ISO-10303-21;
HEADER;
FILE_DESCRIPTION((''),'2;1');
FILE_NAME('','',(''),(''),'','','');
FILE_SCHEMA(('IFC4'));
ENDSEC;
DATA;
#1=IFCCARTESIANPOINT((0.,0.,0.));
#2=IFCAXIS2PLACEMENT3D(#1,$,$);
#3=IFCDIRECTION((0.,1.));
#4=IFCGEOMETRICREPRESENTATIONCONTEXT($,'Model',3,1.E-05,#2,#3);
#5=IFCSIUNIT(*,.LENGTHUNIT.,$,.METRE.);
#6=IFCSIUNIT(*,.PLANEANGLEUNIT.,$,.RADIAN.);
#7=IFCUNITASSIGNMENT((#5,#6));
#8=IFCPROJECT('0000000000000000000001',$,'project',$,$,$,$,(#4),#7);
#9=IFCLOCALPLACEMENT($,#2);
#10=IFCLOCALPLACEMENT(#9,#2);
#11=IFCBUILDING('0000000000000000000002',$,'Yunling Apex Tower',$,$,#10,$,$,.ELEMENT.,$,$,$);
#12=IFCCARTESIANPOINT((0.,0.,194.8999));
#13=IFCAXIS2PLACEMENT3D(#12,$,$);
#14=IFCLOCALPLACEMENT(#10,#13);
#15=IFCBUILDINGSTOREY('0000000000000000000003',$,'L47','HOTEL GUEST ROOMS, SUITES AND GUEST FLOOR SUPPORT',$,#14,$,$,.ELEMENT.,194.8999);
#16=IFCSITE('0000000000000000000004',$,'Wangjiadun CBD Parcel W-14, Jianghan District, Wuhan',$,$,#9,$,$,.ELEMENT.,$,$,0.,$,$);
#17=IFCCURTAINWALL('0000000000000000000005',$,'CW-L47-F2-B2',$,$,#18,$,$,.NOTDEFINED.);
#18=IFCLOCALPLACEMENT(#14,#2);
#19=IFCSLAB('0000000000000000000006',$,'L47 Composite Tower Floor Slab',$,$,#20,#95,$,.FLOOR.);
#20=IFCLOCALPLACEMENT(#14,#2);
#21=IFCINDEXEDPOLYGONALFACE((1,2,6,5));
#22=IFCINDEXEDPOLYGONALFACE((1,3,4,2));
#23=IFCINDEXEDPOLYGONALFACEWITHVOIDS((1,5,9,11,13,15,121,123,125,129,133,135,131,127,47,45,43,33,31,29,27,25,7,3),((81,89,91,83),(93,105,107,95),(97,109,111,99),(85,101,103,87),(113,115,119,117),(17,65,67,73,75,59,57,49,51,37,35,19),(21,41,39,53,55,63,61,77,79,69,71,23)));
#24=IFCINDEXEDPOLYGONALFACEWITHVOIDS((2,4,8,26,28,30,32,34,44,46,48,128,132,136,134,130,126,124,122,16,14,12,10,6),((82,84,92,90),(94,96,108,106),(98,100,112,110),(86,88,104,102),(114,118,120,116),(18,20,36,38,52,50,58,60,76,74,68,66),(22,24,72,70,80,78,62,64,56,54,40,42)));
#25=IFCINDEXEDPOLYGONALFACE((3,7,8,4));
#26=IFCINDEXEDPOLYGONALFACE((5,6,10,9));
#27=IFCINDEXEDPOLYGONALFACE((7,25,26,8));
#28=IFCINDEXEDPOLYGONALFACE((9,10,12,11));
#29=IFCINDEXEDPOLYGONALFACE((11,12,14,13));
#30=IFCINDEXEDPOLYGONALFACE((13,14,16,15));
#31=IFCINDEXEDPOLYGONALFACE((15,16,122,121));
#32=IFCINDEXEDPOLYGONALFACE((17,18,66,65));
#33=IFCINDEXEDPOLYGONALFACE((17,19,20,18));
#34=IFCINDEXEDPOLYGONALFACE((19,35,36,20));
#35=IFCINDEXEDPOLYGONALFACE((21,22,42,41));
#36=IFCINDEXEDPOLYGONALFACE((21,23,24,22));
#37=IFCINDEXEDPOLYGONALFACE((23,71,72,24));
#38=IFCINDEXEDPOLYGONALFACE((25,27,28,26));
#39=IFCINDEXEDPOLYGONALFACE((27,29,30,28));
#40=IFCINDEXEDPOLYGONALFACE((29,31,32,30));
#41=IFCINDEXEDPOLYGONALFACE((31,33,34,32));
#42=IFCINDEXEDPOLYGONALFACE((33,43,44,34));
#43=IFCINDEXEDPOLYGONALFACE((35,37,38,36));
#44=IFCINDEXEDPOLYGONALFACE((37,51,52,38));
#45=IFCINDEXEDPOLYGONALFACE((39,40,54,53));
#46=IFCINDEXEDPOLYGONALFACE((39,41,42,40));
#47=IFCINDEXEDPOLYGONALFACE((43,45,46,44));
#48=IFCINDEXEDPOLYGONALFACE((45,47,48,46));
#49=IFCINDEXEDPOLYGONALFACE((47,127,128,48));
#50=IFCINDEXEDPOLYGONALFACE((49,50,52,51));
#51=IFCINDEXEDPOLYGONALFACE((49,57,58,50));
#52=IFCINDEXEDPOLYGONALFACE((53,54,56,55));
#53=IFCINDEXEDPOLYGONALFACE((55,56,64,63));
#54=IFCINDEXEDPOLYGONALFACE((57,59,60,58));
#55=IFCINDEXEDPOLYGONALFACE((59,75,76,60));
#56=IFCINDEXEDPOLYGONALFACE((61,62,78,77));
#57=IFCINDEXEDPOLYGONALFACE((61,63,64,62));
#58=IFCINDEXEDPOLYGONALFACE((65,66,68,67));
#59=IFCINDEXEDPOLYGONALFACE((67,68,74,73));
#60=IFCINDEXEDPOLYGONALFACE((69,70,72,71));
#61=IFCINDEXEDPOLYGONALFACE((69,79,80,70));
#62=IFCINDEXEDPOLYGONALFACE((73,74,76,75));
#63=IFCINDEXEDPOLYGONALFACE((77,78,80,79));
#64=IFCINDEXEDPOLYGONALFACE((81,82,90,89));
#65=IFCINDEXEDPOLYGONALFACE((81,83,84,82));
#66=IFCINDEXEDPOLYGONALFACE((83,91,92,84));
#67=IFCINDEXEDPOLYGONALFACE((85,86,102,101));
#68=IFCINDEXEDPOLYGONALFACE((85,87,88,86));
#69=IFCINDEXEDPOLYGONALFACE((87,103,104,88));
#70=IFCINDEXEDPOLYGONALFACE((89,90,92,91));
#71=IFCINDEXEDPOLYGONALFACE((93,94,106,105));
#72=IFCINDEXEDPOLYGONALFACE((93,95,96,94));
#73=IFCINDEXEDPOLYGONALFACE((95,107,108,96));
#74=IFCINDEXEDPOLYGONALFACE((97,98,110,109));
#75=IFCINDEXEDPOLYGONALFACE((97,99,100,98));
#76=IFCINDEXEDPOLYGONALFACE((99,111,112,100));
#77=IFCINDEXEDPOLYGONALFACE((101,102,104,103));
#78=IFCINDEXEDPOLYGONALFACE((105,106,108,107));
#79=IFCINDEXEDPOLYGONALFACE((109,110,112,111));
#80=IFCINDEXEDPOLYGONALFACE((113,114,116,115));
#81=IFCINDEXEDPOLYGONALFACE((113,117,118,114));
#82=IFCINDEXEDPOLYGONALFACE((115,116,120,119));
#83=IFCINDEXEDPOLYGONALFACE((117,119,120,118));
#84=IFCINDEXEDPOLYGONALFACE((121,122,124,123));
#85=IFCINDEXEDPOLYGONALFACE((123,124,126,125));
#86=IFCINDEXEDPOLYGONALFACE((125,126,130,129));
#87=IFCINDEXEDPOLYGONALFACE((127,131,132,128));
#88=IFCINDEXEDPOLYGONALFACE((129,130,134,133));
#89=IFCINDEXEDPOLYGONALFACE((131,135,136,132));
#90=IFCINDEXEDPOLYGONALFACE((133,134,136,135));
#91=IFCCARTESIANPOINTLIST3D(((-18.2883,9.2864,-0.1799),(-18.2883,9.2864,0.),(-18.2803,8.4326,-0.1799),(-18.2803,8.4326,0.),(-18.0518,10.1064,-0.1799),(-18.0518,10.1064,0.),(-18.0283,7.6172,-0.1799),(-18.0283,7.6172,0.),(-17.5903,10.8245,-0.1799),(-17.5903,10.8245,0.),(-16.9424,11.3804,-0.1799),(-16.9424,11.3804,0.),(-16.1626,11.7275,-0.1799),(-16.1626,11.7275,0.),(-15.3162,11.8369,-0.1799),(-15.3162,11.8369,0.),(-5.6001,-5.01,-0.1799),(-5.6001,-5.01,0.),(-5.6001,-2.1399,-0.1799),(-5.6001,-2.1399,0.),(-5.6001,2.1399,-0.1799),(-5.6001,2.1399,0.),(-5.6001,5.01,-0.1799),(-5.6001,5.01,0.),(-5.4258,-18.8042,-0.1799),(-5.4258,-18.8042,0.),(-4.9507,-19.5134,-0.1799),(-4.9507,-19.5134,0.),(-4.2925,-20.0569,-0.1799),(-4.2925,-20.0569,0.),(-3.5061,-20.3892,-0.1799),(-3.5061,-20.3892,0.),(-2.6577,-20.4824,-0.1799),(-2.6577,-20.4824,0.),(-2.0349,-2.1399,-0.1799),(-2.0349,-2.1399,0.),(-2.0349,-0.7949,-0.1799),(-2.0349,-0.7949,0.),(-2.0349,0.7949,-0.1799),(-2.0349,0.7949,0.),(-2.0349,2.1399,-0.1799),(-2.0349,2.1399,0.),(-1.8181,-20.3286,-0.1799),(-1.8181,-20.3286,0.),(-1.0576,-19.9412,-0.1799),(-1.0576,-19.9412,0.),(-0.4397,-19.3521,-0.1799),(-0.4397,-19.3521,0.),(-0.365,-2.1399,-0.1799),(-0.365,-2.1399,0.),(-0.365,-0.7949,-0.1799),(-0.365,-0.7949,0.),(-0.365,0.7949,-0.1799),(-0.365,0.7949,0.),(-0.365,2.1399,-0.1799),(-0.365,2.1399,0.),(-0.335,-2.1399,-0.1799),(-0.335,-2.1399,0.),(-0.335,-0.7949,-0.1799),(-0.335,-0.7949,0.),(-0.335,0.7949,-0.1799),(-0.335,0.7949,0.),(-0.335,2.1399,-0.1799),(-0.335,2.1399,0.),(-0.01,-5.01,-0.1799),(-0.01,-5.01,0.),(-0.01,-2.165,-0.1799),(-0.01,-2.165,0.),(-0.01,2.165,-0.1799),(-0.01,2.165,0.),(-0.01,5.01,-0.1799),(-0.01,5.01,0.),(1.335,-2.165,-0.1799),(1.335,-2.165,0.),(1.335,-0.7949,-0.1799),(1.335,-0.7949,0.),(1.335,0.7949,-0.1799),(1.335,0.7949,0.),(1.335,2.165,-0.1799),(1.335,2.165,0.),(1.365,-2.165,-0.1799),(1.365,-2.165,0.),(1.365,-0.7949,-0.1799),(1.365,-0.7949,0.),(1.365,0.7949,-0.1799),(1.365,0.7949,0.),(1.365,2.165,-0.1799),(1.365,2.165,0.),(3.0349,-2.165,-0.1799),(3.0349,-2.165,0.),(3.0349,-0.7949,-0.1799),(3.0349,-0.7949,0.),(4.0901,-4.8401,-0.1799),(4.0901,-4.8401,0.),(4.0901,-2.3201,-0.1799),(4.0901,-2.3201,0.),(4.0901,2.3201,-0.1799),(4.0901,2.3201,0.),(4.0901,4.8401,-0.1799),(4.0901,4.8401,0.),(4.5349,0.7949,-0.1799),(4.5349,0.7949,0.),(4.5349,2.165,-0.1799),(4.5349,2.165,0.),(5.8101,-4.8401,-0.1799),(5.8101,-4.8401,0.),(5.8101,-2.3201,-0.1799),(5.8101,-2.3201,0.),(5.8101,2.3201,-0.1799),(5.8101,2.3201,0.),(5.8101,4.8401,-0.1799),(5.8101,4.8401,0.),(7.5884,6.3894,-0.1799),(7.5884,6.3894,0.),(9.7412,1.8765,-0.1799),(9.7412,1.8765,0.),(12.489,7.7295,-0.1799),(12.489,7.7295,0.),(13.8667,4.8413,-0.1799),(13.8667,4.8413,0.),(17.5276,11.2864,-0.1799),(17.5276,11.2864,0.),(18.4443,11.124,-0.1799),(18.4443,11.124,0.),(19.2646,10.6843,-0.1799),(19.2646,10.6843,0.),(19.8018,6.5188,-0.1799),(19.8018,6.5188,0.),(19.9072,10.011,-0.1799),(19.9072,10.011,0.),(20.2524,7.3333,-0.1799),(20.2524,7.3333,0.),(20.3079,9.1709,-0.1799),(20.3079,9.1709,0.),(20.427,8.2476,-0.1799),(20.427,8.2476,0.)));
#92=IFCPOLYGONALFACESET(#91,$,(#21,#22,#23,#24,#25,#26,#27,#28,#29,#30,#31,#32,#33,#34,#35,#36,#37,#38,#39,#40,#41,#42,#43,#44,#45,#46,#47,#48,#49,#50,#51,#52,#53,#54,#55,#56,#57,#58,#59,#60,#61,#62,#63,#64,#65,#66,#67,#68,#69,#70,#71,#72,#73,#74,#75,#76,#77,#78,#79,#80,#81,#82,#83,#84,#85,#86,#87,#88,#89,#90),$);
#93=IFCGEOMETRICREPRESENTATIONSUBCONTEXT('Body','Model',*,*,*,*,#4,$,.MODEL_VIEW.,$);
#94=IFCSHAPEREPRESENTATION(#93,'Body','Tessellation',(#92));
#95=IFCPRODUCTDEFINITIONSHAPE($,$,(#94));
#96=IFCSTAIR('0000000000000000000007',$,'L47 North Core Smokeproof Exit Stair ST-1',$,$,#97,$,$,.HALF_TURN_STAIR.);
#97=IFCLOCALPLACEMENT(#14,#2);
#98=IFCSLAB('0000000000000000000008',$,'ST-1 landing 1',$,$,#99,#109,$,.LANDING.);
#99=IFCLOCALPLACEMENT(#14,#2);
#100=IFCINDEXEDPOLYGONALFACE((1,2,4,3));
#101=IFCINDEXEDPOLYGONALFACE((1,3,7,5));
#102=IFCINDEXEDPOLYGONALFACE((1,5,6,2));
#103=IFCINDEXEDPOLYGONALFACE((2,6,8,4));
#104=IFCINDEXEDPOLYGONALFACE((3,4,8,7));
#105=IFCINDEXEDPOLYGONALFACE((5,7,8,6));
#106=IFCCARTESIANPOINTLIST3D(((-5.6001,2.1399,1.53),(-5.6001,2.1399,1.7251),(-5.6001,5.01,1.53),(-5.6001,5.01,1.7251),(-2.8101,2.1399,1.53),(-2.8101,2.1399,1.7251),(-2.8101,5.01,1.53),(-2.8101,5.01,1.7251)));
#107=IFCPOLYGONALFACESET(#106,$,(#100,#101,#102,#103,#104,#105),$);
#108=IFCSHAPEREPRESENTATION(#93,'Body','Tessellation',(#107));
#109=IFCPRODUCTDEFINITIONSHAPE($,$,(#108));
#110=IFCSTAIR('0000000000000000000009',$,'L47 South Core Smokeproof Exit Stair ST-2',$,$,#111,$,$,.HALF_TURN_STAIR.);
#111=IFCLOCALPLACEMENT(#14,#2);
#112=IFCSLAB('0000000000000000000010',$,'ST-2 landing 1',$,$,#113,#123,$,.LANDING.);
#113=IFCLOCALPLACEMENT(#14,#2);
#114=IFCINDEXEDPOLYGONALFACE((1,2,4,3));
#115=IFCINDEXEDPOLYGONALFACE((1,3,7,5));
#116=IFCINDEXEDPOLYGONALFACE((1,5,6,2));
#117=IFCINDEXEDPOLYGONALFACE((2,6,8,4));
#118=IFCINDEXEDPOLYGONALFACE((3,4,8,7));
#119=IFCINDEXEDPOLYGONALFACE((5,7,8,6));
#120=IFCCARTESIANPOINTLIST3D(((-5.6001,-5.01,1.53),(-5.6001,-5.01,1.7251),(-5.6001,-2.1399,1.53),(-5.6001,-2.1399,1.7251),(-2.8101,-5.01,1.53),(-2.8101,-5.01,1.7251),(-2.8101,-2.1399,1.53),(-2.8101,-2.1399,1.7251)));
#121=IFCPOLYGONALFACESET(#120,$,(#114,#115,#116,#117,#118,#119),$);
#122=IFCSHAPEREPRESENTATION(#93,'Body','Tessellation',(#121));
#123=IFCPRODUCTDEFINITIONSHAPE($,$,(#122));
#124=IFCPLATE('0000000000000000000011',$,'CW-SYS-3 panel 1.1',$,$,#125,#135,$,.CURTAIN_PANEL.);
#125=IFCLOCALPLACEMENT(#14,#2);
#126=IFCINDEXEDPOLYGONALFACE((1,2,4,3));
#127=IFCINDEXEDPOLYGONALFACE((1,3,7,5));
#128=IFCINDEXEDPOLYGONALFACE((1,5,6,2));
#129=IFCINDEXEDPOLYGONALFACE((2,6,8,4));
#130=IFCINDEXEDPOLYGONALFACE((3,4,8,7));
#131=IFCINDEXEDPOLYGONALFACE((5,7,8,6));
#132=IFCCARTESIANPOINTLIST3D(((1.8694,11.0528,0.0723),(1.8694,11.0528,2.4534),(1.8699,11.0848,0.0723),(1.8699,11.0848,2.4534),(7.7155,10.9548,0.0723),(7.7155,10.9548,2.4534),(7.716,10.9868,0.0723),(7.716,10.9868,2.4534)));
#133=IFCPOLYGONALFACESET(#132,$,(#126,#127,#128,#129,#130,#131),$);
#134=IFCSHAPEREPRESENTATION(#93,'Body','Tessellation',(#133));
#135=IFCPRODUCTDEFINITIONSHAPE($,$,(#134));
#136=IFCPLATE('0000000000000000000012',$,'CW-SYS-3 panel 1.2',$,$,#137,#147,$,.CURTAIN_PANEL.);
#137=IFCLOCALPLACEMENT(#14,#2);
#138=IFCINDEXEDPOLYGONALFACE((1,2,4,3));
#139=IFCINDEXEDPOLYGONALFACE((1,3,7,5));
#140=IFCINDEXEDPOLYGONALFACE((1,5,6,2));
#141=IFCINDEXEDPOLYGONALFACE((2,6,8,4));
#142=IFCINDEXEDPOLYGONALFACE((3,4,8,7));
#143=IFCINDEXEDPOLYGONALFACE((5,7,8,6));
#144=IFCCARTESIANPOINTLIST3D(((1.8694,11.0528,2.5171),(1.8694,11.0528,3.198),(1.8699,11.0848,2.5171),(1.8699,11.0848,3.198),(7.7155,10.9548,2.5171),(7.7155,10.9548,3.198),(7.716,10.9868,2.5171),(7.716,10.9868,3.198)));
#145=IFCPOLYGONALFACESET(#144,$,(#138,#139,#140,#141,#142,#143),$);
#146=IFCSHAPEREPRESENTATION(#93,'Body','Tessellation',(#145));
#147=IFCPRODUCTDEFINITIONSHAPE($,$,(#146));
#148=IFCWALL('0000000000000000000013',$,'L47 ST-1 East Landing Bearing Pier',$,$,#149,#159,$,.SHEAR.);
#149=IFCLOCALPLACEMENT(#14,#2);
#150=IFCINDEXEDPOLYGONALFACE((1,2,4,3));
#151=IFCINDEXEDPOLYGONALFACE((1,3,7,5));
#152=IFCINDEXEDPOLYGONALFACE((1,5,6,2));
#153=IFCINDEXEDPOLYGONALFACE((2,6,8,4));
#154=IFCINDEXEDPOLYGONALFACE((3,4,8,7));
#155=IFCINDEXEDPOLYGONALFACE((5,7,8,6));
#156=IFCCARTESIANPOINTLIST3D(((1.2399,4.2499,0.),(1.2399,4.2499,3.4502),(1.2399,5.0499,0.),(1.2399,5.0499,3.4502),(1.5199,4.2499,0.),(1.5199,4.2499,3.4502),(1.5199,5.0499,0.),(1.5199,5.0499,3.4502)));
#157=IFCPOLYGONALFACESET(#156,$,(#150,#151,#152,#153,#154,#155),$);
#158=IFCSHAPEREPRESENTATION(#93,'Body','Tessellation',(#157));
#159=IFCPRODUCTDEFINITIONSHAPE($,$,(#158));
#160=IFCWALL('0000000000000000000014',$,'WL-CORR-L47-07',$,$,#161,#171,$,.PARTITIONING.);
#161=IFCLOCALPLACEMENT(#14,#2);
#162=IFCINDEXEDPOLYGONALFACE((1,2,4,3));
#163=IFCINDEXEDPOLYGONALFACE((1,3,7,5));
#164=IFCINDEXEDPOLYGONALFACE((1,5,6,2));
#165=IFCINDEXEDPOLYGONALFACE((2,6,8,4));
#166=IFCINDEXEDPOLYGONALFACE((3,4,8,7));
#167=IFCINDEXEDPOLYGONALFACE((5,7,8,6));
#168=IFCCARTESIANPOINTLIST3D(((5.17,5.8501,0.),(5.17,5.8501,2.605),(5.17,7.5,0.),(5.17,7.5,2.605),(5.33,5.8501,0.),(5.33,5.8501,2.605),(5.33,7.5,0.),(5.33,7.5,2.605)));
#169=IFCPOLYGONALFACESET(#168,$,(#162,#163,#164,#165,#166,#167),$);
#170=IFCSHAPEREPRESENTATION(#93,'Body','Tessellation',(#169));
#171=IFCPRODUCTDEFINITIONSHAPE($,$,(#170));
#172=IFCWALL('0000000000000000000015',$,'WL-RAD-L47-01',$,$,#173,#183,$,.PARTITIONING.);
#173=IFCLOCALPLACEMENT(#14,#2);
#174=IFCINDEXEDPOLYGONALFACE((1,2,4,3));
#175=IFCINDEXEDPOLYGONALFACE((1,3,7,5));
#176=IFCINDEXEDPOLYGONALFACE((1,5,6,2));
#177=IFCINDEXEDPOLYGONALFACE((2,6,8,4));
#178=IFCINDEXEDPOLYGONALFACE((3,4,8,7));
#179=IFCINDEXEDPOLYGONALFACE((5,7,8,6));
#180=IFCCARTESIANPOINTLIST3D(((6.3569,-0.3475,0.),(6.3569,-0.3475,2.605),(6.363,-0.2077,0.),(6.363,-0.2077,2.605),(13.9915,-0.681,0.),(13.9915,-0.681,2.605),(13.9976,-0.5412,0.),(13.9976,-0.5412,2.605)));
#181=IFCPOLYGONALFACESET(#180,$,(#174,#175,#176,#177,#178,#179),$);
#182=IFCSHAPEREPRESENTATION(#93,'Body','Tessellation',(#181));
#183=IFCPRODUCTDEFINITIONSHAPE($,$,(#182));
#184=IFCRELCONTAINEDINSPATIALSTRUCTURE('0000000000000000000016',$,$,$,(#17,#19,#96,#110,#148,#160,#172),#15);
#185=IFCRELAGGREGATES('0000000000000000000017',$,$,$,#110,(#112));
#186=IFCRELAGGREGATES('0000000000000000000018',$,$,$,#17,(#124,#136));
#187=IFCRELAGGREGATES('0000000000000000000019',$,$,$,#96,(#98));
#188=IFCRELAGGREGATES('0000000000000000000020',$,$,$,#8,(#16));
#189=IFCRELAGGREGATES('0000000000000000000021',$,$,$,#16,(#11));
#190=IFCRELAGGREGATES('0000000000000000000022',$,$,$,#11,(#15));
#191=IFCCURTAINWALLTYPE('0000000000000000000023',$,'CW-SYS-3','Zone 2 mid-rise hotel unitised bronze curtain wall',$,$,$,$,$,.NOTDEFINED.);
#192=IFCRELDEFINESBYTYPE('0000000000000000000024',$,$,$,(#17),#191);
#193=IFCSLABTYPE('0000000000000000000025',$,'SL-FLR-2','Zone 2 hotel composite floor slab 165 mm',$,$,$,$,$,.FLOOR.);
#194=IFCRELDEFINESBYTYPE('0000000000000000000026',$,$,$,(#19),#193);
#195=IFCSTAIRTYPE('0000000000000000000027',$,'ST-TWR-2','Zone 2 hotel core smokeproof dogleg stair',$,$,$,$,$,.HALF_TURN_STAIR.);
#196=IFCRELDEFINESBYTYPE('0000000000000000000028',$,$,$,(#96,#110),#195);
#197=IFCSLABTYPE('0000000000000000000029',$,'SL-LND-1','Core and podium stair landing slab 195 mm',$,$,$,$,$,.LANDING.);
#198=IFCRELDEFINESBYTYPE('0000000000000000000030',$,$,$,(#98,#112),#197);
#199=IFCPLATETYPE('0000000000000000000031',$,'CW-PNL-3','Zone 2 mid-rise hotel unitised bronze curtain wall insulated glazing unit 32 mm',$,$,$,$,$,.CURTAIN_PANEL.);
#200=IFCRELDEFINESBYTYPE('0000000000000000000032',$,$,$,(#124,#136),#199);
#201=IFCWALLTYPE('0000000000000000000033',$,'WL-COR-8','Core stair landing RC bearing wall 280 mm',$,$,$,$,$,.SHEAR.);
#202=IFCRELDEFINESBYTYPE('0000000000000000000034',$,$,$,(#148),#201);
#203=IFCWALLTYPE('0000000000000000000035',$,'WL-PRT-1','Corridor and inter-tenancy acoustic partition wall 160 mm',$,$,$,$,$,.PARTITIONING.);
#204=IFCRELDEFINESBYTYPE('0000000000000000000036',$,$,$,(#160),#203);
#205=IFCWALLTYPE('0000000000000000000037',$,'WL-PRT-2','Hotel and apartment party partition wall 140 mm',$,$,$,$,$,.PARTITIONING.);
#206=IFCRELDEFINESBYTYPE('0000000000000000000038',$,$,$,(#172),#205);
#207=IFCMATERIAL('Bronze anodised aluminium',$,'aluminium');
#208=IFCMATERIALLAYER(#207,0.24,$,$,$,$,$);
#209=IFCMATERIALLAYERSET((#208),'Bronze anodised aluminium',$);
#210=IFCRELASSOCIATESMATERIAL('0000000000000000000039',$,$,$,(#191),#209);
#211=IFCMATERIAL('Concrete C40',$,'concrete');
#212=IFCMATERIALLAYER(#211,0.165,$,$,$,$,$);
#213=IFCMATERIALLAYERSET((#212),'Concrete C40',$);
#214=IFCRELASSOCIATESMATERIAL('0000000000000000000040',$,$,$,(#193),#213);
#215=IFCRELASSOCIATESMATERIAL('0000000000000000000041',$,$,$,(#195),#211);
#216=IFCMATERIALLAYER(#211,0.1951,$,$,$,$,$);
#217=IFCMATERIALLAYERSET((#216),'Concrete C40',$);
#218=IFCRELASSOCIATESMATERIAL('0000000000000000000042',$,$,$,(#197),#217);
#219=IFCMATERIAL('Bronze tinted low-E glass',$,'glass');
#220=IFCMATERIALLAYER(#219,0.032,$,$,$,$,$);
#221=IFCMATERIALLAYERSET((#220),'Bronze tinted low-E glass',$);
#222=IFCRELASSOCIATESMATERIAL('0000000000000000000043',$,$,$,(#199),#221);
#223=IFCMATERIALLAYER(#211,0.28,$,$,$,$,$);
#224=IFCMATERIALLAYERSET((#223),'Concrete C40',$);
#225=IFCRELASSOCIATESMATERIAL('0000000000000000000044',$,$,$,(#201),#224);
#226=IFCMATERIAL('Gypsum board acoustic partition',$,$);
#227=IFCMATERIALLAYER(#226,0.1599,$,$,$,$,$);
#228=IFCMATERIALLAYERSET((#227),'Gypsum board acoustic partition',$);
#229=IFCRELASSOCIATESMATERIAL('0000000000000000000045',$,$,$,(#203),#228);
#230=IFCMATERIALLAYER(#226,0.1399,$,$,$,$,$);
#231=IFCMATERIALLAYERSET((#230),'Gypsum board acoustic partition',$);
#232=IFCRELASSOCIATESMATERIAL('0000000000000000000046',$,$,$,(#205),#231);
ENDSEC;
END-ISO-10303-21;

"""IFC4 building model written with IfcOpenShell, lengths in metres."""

from ifc_helpers import new_model, si_unit, direction, frame, frame_2d, origin, origin_2d, place, context, subcontext, project, spatial, polyline, rectangle, outline, extrude, source, transform, mapped, material, layer, layer_set, type_object, element, aggregate, save


model = new_model("IFC4")

# Units and contexts
model_context = context("Model", 3, precision=1e-05, world=origin(), true_north=direction((0.0, 1.0)))
body_context = subcontext(model_context, "Body", "Model", "MODEL_VIEW")
ifc_project = project(units=[si_unit("LENGTHUNIT", "METRE"), si_unit("PLANEANGLEUNIT", "RADIAN")], contexts=[model_context])

# Site, building, storey
site_placement = place(None, origin())
site = spatial("IfcSite", under=ifc_project, at=site_placement, Name="Wangjiadun CBD Parcel W-14, Jianghan District, Wuhan", CompositionType="ELEMENT", RefElevation=0.0)
building_placement = place(site_placement, origin())
building = spatial("IfcBuilding", under=site, at=building_placement, Name="Yunling Apex Tower", CompositionType="ELEMENT")
storey_placement = place(building_placement, frame((0.0, 0.0, 194.8999)))
storey = spatial("IfcBuildingStorey", under=building, at=storey_placement, Name="L47", Description="HOTEL GUEST ROOMS, SUITES AND GUEST FLOOR SUPPORT", CompositionType="ELEMENT", Elevation=194.8999)

# Curtain wall
ifc_material_1 = material(Name="Bronze anodised aluminium", Category="aluminium")
ifc_layer_1 = layer(ifc_material_1, 0.24)
ifc_layer_set_1 = layer_set([ifc_layer_1], Name="Bronze anodised aluminium")
curtain_wall_type = type_object("IfcCurtainWallType", Name="CW-SYS-3", Description="Zone 2 mid-rise hotel unitised bronze curtain wall", PredefinedType="NOTDEFINED", material=ifc_layer_set_1)
curtain_wall_1_placement = place(storey_placement, origin())
curtain_wall_1 = element("IfcCurtainWall", 1, at=curtain_wall_1_placement, inside=storey, type_object=curtain_wall_type, Name="CW-L47-F2-B2", PredefinedType="NOTDEFINED")

# Slab
ifc_material_2 = material(Name="Concrete C40", Category="concrete")
ifc_layer_2 = layer(ifc_material_2, 0.165)
ifc_layer_set_2 = layer_set([ifc_layer_2], Name="Concrete C40")
slab_type_1 = type_object("IfcSlabType", Name="SL-FLR-2", Description="Zone 2 hotel composite floor slab 165 mm", PredefinedType="FLOOR", material=ifc_layer_set_2)
slab_1_placement = place(storey_placement, frame((0.0, 0.0, -0.1799)))
element("IfcSlab", 2, at=slab_1_placement, inside=storey, type_object=slab_type_1, Name="L47 Composite Tower Floor Slab", PredefinedType="FLOOR", context=body_context, shape_type="SweptSolid", body=[
    extrude(outline(polyline([(-5.4258, -18.8042), (-4.9507, -19.5134), (-4.2925, -20.0569), (-3.5061, -20.3892), (-2.6577, -20.4824), (-1.8181, -20.3286), (-1.0576, -19.9412), (-0.4397, -19.3521), (19.8018, 6.5188), (20.2524, 7.3333), (20.427, 8.2476), (20.3079, 9.1709), (19.9072, 10.011), (19.2646, 10.6843), (18.4443, 11.124), (17.5276, 11.2864), (-15.3162, 11.8369), (-16.1626, 11.7275), (-16.9424, 11.3804), (-17.5903, 10.8245), (-18.0518, 10.1064), (-18.2883, 9.2864), (-18.2803, 8.4326), (-18.0283, 7.6172), (-5.4258, -18.8042)]), holes=[polyline([(12.489, 7.7295), (13.8667, 4.8413), (9.7412, 1.8765), (7.5884, 6.3894), (12.489, 7.7295)]), polyline([(4.0901, -2.3201), (5.8101, -2.3201), (5.8101, -4.8401), (4.0901, -4.8401), (4.0901, -2.3201)]), polyline([(5.8101, 4.8401), (5.8101, 2.3201), (4.0901, 2.3201), (4.0901, 4.8401), (5.8101, 4.8401)]), polyline([(1.365, 2.165), (4.5349, 2.165), (4.5349, 0.7949), (1.365, 0.7949), (1.365, 2.165)]), polyline([(3.0349, -0.7949), (3.0349, -2.165), (1.365, -2.165), (1.365, -0.7949), (3.0349, -0.7949)]), polyline([(-2.0349, -0.7949), (-0.365, -0.7949), (-0.365, -2.1399), (-0.335, -2.1399), (-0.335, -0.7949), (1.335, -0.7949), (1.335, -2.165), (-0.01, -2.165), (-0.01, -5.01), (-5.6001, -5.01), (-5.6001, -2.1399), (-2.0349, -2.1399), (-2.0349, -0.7949)]), polyline([(-5.6001, 2.1399), (-5.6001, 5.01), (-0.01, 5.01), (-0.01, 2.165), (1.335, 2.165), (1.335, 0.7949), (-0.335, 0.7949), (-0.335, 2.1399), (-0.365, 2.1399), (-0.365, 0.7949), (-2.0349, 0.7949), (-2.0349, 2.1399), (-5.6001, 2.1399)])]), origin(), (0.0, 0.0, 1.0), 0.1799),
])

# Stairs, slabs
stair_type = type_object("IfcStairType", Name="ST-TWR-2", Description="Zone 2 hotel core smokeproof dogleg stair", PredefinedType="HALF_TURN_STAIR", material=ifc_material_2)
stair_1_placement = place(storey_placement, origin())
stair_1 = element("IfcStair", 3, at=stair_1_placement, inside=storey, type_object=stair_type, Name="L47 North Core Smokeproof Exit Stair ST-1", PredefinedType="HALF_TURN_STAIR")
ifc_layer_3 = layer(ifc_material_2, 0.1951)
ifc_layer_set_3 = layer_set([ifc_layer_3], Name="Concrete C40")
slab_type_2 = type_object("IfcSlabType", Name="SL-LND-1", Description="Core and podium stair landing slab 195 mm", PredefinedType="LANDING", material=ifc_layer_set_3)
slab_2_placement = place(storey_placement, frame((0.0, 0.0, 1.53)))
slab_2 = element("IfcSlab", 4, at=slab_2_placement, type_object=slab_type_2, Name="ST-1 landing 1", PredefinedType="LANDING", context=body_context, shape_type="SweptSolid", body=[
    extrude(outline(polyline([(-2.8101, 5.01), (-5.6001, 5.01), (-5.6001, 2.1399), (-2.8101, 2.1399), (-2.8101, 5.01)])), origin(), (0.0, 0.0, 1.0), 0.1951),
])
stair_2_placement = place(storey_placement, origin())
stair_2 = element("IfcStair", 5, at=stair_2_placement, inside=storey, type_object=stair_type, Name="L47 South Core Smokeproof Exit Stair ST-2", PredefinedType="HALF_TURN_STAIR")
slab_3_placement = place(storey_placement, frame((0.0, 0.0, 1.53)))
slab_3 = element("IfcSlab", 6, at=slab_3_placement, type_object=slab_type_2, Name="ST-2 landing 1", PredefinedType="LANDING", context=body_context, shape_type="SweptSolid", body=[
    extrude(outline(polyline([(-2.8101, -2.1399), (-5.6001, -2.1399), (-5.6001, -5.01), (-2.8101, -5.01), (-2.8101, -2.1399)])), origin(), (0.0, 0.0, 1.0), 0.1951),
])
aggregate(stair_2, [slab_3])

# Plates
ifc_material_3 = material(Name="Bronze tinted low-E glass", Category="glass")
ifc_layer_4 = layer(ifc_material_3, 0.032)
ifc_layer_set_4 = layer_set([ifc_layer_4], Name="Bronze tinted low-E glass")
plate_type = type_object("IfcPlateType", Name="CW-PNL-3", Description="Zone 2 mid-rise hotel unitised bronze curtain wall insulated glazing unit 32 mm", PredefinedType="CURTAIN_PANEL", material=ifc_layer_set_4)
shared_shape_1 = source(origin(), body_context, "Body", "SweptSolid", [
    extrude(rectangle(XDim=5.8469, YDim=0.032, at=origin_2d()), origin(), (0.0, 0.0, 1.0), 2.3811),
])
plate_1_placement = place(storey_placement, frame((4.7927, 11.0198, 0.0723), z_axis=(0.0, 0.0, 1.0), x_axis=(-0.99986, 0.016759, 0.0)))
plate_1 = element("IfcPlate", 7, at=plate_1_placement, type_object=plate_type, Name="CW-SYS-3 panel 1.1", PredefinedType="CURTAIN_PANEL", context=body_context, shape_type="MappedRepresentation", body=[
    mapped(shared_shape_1, transform((0.0, 0.0, 0.0), scale=1.0)),
])
shared_shape_2 = source(origin(), body_context, "Body", "SweptSolid", [
    extrude(rectangle(XDim=5.8469, YDim=0.032, at=origin_2d()), origin(), (0.0, 0.0, 1.0), 0.6809),
])
plate_2_placement = place(storey_placement, frame((4.7927, 11.0198, 2.5171), z_axis=(0.0, 0.0, 1.0), x_axis=(-0.99986, 0.016759, 0.0)))
plate_2 = element("IfcPlate", 8, at=plate_2_placement, type_object=plate_type, Name="CW-SYS-3 panel 1.2", PredefinedType="CURTAIN_PANEL", context=body_context, shape_type="MappedRepresentation", body=[
    mapped(shared_shape_2, transform((0.0, 0.0, 0.0), scale=1.0)),
])
aggregate(curtain_wall_1, [plate_1, plate_2])

# Walls
ifc_layer_5 = layer(ifc_material_2, 0.28)
ifc_layer_set_5 = layer_set([ifc_layer_5], Name="Concrete C40")
wall_type_1 = type_object("IfcWallType", Name="WL-COR-8", Description="Core stair landing RC bearing wall 280 mm", PredefinedType="SHEAR", material=ifc_layer_set_5)
wall_1_placement = place(storey_placement, frame((1.3799, 4.25, 0.0), z_axis=(0.0, 0.0, 1.0), x_axis=(0.0, 1.0, 0.0)))
element("IfcWall", 9, at=wall_1_placement, inside=storey, type_object=wall_type_1, Name="L47 ST-1 East Landing Bearing Pier", PredefinedType="SHEAR", context=body_context, shape_type="SweptSolid", body=[
    extrude(rectangle(XDim=0.8, YDim=0.28, at=frame_2d((0.3999, 0.0))), origin(), (0.0, 0.0, 1.0), 3.4502),
])
ifc_material_4 = material(Name="Gypsum board acoustic partition")
ifc_layer_6 = layer(ifc_material_4, 0.1599)
ifc_layer_set_6 = layer_set([ifc_layer_6], Name="Gypsum board acoustic partition")
wall_type_2 = type_object("IfcWallType", Name="WL-PRT-1", Description="Corridor and inter-tenancy acoustic partition wall 160 mm", PredefinedType="PARTITIONING", material=ifc_layer_set_6)
wall_2_placement = place(storey_placement, frame((5.25, 7.5, 0.0), z_axis=(0.0, 0.0, 1.0), x_axis=(0.0, -1.0, 0.0)))
element("IfcWall", 10, at=wall_2_placement, inside=storey, type_object=wall_type_2, Name="WL-CORR-L47-07", PredefinedType="PARTITIONING", context=body_context, shape_type="SweptSolid", body=[
    extrude(rectangle(XDim=1.6499, YDim=0.1599, at=frame_2d((0.825, 0.0))), origin(), (0.0, 0.0, 1.0), 2.605),
])
ifc_layer_7 = layer(ifc_material_4, 0.1399)
ifc_layer_set_7 = layer_set([ifc_layer_7], Name="Gypsum board acoustic partition")
wall_type_3 = type_object("IfcWallType", Name="WL-PRT-2", Description="Hotel and apartment party partition wall 140 mm", PredefinedType="PARTITIONING", material=ifc_layer_set_7)
wall_3_placement = place(storey_placement, frame((6.3601, -0.2776, 0.0), z_axis=(0.0, 0.0, 1.0), x_axis=(0.999047, -0.043641, 0.0)))
element("IfcWall", 11, at=wall_3_placement, inside=storey, type_object=wall_type_3, Name="WL-RAD-L47-01", PredefinedType="PARTITIONING", context=body_context, shape_type="SweptSolid", body=[
    extrude(rectangle(XDim=7.6418, YDim=0.1399, at=frame_2d((3.8208, 0.0))), origin(), (0.0, 0.0, 1.0), 2.605),
])

aggregate(stair_1, [slab_2])

save(model, "model.ifc")
